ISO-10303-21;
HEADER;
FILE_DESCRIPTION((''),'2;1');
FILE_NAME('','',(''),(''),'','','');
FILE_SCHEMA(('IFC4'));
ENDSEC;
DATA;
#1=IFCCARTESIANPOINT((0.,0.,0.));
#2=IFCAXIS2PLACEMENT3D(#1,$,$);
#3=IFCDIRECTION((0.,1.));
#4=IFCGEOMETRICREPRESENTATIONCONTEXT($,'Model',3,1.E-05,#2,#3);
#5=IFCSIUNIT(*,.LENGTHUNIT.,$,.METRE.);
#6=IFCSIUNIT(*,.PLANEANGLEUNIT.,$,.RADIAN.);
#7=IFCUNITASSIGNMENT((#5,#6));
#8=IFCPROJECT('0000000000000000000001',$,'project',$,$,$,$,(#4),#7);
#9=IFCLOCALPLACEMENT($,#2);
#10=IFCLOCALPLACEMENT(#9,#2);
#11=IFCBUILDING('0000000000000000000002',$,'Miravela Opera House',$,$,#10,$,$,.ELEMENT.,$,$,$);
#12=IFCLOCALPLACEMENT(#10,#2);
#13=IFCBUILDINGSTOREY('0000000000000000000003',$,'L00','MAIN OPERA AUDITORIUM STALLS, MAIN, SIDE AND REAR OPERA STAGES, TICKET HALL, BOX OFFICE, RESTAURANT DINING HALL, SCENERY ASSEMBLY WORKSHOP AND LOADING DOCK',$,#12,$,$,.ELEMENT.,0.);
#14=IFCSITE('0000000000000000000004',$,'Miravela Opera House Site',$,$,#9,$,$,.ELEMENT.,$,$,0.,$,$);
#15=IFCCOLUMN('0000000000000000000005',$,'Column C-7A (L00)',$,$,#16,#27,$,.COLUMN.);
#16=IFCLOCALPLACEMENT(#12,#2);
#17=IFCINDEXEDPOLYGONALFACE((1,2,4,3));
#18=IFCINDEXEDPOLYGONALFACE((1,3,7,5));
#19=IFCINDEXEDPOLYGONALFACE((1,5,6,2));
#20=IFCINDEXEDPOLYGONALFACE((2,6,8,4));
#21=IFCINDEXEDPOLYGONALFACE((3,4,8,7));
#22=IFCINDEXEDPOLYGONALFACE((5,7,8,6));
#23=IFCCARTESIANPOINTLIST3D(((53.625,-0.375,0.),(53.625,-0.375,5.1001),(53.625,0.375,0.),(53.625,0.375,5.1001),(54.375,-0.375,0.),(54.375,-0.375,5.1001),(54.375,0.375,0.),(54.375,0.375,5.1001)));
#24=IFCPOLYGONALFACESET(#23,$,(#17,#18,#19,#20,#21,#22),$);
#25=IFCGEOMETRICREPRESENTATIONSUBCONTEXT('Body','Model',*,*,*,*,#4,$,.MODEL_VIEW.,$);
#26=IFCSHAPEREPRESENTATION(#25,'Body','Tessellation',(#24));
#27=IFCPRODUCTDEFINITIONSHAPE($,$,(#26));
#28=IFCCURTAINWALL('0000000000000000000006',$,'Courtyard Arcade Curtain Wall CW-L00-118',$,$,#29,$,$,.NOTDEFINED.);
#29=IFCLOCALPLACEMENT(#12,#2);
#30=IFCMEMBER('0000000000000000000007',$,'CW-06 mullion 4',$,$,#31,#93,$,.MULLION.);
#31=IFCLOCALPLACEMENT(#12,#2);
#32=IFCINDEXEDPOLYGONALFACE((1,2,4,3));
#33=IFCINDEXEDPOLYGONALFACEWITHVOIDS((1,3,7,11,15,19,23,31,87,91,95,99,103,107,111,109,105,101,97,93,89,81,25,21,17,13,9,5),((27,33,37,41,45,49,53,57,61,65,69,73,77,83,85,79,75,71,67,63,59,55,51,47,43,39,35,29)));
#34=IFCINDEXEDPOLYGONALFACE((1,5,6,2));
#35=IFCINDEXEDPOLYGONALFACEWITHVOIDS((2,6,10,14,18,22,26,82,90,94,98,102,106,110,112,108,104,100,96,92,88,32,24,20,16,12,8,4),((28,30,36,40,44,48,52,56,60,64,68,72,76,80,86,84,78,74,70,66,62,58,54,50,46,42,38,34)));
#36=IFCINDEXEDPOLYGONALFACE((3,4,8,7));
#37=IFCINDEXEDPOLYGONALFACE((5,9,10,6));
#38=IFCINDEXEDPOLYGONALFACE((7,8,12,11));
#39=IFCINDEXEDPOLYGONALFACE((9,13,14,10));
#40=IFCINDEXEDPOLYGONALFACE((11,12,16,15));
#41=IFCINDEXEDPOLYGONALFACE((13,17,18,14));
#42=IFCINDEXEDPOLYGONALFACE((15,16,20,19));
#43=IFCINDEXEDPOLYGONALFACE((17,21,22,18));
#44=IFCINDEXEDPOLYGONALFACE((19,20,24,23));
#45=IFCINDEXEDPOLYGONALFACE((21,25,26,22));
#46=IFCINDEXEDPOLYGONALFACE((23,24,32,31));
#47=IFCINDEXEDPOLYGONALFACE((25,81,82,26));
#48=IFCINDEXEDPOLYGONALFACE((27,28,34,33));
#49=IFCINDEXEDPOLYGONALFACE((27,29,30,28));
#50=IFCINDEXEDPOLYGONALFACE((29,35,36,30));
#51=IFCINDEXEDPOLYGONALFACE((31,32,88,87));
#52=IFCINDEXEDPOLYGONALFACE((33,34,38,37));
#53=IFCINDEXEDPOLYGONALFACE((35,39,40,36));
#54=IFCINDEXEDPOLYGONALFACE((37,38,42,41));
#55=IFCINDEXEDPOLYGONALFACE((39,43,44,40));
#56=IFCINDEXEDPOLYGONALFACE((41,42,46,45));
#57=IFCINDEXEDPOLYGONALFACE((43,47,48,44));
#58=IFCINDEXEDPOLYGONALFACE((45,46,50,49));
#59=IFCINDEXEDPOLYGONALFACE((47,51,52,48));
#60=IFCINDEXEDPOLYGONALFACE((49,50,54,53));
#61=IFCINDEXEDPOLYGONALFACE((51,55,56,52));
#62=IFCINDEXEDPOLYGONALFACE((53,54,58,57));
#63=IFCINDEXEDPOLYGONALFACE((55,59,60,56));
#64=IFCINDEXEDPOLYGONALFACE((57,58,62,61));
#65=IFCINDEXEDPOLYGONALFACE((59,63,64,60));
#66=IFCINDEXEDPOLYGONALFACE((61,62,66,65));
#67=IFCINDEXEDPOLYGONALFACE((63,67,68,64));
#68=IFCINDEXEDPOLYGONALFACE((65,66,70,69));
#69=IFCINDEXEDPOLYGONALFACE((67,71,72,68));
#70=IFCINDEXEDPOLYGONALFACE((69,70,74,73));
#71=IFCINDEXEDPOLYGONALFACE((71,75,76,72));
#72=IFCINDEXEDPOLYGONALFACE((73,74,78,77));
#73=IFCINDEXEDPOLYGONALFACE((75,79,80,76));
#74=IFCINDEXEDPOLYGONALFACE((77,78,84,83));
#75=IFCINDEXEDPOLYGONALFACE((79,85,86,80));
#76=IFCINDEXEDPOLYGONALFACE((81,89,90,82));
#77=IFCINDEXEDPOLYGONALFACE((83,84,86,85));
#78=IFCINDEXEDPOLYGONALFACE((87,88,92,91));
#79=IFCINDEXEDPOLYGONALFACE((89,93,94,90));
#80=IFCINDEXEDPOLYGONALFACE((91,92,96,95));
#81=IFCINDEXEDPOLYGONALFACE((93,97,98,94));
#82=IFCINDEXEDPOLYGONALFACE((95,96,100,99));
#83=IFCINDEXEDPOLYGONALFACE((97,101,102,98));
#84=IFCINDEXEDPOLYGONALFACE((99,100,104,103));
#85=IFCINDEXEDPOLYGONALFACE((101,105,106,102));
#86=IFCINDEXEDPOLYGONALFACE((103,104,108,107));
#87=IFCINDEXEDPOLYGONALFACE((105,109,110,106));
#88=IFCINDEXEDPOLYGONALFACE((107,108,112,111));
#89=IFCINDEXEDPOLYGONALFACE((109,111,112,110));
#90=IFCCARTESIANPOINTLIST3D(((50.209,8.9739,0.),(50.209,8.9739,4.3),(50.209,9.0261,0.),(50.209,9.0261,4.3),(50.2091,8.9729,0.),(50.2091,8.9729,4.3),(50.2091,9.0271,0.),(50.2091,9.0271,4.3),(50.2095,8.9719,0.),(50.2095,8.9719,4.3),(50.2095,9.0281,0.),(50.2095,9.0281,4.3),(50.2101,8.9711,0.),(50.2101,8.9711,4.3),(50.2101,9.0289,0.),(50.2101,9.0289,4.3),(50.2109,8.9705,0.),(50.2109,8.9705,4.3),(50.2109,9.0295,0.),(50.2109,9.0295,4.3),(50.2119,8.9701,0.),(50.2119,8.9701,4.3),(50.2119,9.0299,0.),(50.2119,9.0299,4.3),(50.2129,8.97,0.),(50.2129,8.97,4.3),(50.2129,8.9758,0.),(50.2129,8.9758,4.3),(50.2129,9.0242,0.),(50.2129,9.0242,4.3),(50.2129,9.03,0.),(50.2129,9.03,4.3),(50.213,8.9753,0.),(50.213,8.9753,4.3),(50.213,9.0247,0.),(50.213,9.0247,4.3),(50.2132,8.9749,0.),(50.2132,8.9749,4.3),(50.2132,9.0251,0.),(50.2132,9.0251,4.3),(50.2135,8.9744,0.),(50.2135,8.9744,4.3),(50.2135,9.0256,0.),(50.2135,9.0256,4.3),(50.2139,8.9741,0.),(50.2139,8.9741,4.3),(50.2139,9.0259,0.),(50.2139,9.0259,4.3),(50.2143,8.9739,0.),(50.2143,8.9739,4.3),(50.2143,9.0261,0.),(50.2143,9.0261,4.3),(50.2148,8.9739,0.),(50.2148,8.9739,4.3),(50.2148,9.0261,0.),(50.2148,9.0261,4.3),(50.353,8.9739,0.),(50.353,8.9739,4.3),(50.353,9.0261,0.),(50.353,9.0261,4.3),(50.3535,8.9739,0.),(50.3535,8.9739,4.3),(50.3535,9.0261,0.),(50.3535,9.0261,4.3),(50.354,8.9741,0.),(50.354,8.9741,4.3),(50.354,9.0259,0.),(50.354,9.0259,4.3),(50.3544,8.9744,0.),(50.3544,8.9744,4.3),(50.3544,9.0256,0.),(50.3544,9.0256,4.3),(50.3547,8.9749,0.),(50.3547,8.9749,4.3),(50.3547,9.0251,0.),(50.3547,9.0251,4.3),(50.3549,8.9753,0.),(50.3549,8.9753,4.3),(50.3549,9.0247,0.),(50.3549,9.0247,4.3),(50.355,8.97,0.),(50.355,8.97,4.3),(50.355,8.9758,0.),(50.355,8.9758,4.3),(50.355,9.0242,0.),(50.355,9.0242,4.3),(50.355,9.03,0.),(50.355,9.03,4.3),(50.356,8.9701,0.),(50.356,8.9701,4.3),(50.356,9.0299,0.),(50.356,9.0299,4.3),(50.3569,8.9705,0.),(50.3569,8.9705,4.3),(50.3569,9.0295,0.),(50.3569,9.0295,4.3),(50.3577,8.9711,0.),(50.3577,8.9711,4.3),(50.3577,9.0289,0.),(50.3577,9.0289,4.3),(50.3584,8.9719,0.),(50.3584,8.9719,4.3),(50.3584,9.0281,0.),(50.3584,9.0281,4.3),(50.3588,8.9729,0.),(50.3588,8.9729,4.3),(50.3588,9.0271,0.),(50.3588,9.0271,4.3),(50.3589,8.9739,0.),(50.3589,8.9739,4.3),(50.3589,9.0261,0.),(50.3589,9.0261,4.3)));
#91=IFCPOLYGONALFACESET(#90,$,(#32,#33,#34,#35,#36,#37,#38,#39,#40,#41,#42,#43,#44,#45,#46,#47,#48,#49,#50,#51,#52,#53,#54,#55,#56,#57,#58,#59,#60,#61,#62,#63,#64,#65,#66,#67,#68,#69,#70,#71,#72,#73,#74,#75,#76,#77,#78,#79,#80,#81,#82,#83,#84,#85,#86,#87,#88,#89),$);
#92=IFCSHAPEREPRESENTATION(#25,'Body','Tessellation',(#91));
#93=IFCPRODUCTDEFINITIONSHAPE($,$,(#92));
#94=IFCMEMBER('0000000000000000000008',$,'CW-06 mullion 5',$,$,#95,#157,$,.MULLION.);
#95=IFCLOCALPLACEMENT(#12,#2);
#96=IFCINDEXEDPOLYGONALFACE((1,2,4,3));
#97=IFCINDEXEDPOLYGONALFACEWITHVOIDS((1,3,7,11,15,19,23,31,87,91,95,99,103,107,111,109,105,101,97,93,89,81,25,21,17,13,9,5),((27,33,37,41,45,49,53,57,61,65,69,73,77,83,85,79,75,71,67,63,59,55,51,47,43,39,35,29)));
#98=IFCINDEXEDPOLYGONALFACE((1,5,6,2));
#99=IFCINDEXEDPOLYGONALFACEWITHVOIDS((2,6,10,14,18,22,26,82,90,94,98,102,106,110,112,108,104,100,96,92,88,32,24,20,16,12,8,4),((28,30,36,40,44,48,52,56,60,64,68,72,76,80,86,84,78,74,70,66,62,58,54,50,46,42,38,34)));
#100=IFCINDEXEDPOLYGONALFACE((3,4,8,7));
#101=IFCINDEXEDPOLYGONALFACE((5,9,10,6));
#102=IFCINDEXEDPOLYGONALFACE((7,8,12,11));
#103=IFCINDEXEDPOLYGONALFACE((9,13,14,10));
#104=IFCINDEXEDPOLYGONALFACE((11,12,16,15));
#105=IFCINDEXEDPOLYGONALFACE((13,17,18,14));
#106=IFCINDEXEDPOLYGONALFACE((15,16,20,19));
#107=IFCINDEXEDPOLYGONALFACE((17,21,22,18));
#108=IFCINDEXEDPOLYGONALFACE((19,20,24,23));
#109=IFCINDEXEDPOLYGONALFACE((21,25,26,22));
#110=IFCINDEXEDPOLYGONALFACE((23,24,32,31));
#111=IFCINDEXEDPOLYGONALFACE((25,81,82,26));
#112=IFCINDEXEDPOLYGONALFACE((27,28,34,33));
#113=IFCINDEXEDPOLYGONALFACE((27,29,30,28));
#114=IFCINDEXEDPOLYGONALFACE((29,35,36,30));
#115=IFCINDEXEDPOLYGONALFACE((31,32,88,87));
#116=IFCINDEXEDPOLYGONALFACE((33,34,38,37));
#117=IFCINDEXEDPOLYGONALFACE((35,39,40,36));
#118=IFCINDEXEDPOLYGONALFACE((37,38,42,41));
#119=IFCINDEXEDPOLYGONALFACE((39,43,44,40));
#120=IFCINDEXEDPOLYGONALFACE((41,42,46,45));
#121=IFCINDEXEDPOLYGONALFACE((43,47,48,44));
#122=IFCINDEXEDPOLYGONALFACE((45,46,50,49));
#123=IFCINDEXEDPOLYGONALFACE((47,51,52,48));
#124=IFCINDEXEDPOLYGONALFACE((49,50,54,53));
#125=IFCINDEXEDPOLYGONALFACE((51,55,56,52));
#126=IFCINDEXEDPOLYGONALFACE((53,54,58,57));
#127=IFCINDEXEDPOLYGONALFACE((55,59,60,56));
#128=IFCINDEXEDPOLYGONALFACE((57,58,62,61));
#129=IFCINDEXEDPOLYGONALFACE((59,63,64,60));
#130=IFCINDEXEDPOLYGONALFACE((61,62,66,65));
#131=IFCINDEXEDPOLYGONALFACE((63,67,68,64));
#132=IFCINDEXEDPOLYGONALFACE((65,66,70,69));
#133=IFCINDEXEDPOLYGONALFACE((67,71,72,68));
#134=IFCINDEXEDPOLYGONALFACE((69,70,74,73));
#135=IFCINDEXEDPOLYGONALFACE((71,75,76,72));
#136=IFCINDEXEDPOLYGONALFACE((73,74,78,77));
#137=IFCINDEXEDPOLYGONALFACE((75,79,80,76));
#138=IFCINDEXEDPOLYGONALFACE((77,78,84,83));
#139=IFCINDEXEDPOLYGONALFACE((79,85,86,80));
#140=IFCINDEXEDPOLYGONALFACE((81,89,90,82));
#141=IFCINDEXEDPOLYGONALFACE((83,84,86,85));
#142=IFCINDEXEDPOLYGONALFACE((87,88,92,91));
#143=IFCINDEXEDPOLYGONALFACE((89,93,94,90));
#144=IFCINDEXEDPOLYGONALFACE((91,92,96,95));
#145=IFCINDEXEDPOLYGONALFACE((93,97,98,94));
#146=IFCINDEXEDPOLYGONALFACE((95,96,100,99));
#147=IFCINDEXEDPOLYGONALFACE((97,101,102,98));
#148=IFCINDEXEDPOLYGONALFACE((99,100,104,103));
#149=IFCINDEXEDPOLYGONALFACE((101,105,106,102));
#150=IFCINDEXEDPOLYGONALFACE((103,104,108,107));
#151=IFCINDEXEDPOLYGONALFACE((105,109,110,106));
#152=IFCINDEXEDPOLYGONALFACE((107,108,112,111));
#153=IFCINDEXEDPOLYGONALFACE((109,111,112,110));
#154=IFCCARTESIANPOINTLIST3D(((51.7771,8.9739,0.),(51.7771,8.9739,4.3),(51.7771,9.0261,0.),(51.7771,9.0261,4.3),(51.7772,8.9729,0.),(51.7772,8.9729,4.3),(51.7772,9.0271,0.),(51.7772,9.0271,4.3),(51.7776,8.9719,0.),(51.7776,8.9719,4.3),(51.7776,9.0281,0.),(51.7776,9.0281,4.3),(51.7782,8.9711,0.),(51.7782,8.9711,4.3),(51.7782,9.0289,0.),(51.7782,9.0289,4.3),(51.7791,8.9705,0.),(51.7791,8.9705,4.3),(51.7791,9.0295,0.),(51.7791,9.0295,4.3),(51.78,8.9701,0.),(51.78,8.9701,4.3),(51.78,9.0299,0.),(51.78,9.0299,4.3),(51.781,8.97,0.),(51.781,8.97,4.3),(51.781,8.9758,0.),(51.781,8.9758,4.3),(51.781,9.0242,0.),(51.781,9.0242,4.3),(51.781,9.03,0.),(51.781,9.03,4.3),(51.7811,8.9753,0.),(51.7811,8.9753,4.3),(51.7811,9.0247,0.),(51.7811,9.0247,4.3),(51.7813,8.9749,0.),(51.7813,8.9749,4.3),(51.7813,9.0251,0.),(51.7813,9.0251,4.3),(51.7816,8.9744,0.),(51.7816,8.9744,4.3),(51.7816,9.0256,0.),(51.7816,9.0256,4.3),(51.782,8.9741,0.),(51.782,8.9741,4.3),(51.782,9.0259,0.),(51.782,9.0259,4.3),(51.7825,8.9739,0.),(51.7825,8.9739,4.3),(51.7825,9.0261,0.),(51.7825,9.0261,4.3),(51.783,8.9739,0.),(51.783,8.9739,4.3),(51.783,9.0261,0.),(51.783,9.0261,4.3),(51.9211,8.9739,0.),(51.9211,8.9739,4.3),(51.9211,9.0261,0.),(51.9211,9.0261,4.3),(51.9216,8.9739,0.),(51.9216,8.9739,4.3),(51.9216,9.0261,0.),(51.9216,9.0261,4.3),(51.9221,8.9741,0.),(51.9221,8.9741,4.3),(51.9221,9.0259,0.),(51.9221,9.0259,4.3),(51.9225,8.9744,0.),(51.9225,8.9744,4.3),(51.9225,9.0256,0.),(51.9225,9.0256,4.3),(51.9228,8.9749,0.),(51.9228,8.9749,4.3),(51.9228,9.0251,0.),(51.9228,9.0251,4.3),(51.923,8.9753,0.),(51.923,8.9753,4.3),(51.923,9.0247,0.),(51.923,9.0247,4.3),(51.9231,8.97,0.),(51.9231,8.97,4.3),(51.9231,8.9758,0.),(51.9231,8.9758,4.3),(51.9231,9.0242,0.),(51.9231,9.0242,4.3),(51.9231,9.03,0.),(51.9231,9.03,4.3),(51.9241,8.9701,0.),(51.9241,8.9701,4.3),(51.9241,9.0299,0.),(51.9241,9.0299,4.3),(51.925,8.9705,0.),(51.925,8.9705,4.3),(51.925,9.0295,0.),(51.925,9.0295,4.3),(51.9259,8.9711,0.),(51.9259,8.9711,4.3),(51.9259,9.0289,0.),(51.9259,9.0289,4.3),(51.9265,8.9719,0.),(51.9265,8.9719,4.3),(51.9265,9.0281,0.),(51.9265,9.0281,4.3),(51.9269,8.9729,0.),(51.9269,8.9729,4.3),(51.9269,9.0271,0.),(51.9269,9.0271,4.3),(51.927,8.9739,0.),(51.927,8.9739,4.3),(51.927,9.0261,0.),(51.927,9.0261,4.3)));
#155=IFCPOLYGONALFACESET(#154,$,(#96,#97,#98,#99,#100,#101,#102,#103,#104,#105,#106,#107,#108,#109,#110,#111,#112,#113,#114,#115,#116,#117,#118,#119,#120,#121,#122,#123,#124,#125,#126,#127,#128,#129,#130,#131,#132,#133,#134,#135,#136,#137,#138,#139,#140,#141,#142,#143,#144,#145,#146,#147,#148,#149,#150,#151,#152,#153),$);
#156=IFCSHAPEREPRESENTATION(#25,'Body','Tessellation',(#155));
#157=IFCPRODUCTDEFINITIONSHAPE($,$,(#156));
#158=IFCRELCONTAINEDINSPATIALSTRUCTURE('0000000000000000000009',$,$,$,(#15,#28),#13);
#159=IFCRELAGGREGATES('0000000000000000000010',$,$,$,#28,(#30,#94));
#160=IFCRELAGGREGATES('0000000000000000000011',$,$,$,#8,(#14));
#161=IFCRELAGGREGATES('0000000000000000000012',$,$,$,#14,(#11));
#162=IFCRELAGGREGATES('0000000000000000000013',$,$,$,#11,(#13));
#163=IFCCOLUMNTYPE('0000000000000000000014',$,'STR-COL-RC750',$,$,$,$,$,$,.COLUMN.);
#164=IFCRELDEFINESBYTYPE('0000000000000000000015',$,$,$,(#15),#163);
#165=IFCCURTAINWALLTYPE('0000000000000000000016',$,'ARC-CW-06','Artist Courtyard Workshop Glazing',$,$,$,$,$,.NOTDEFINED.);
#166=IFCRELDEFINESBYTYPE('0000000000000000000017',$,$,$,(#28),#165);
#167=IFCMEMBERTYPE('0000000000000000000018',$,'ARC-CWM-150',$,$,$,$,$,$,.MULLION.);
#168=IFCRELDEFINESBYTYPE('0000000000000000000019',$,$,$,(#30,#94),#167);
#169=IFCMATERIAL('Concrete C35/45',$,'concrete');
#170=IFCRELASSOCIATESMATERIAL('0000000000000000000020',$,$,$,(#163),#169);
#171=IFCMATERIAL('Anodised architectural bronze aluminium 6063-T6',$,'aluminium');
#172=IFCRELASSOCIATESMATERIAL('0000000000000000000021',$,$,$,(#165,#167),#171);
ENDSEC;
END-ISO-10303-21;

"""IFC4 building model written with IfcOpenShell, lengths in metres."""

from ifc_helpers import new_model, si_unit, direction, frame, origin, origin_2d, place, context, subcontext, project, spatial, rectangle, hollow_rectangle, extrude, material, material_profile, profile_set, type_object, element, aggregate, save


model = new_model("IFC4")

# Units and contexts
model_context = context("Model", 3, precision=1e-05, world=origin(), true_north=direction((0.0, 1.0)))
body_context = subcontext(model_context, "Body", "Model", "MODEL_VIEW")
ifc_project = project(units=[si_unit("LENGTHUNIT", "METRE"), si_unit("PLANEANGLEUNIT", "RADIAN")], contexts=[model_context])

# Site, building, storey
site_placement = place(None, origin())
site = spatial("IfcSite", under=ifc_project, at=site_placement, Name="Miravela Opera House Site", CompositionType="ELEMENT", RefElevation=0.0)
building_placement = place(site_placement, origin())
building = spatial("IfcBuilding", under=site, at=building_placement, Name="Miravela Opera House", CompositionType="ELEMENT")
storey_placement = place(building_placement, origin())
storey = spatial("IfcBuildingStorey", under=building, at=storey_placement, Name="L00", Description="MAIN OPERA AUDITORIUM STALLS, MAIN, SIDE AND REAR OPERA STAGES, TICKET HALL, BOX OFFICE, RESTAURANT DINING HALL, SCENERY ASSEMBLY WORKSHOP AND LOADING DOCK", CompositionType="ELEMENT", Elevation=0.0)

# Column
ifc_material_1 = material(Name="Concrete C35/45", Category="concrete")
ifc_material_profile_1 = material_profile(ifc_material_1, rectangle(XDim=0.75, YDim=0.75, at=origin_2d()), Name="RC-COL-750X750")
ifc_profile_set_1 = profile_set([ifc_material_profile_1])
column_type = type_object("IfcColumnType", Name="STR-COL-RC750", PredefinedType="COLUMN", material=ifc_profile_set_1)
column_placement = place(storey_placement, frame((54.0, 0.0, 0.0), z_axis=(0.0, 0.0, 1.0), x_axis=(1.0, 0.0, 0.0)))
element("IfcColumn", 1, at=column_placement, inside=storey, type_object=column_type, Name="Column C-7A (L00)", PredefinedType="COLUMN", context=body_context, shape_type="SweptSolid", body=[
    extrude(rectangle(XDim=0.75, YDim=0.75, at=origin_2d()), origin(), (0.0, 0.0, 1.0), 5.1001),
])

# Curtain wall, members
ifc_material_2 = material(Name="Anodised architectural bronze aluminium 6063-T6", Category="aluminium")
curtain_wall_type = type_object("IfcCurtainWallType", Name="ARC-CW-06", Description="Artist Courtyard Workshop Glazing", PredefinedType="NOTDEFINED", material=ifc_material_2)
curtain_wall_placement = place(storey_placement, origin())
curtain_wall = element("IfcCurtainWall", 2, at=curtain_wall_placement, inside=storey, type_object=curtain_wall_type, Name="Courtyard Arcade Curtain Wall CW-L00-118", PredefinedType="NOTDEFINED")
ifc_material_profile_2 = material_profile(ifc_material_2, hollow_rectangle(XDim=0.0601, YDim=0.1499, WallThickness=0.0039, InnerFilletRadius=0.002, OuterFilletRadius=0.0039, at=origin_2d()), Name="CWM-60X150")
ifc_profile_set_2 = profile_set([ifc_material_profile_2])
member_type_1 = type_object("IfcMemberType", Name="ARC-CWM-150", PredefinedType="MULLION", material=ifc_profile_set_2)
member_1_placement = place(storey_placement, frame((50.2839, 9.0, 0.0), z_axis=(0.0, 0.0, 1.0), x_axis=(0.0, 1.0, 0.0)))
member_1 = element("IfcMember", 3, at=member_1_placement, type_object=member_type_1, Name="CW-06 mullion 4", PredefinedType="MULLION", context=body_context, shape_type="SweptSolid", body=[
    extrude(hollow_rectangle(XDim=0.0601, YDim=0.1499, WallThickness=0.0039, InnerFilletRadius=0.002, OuterFilletRadius=0.0039, at=origin_2d()), origin(), (0.0, 0.0, 1.0), 4.3),
])
member_2_placement = place(storey_placement, frame((51.8521, 9.0, 0.0), z_axis=(0.0, 0.0, 1.0), x_axis=(0.0, 1.0, 0.0)))
member_2 = element("IfcMember", 4, at=member_2_placement, type_object=member_type_1, Name="CW-06 mullion 5", PredefinedType="MULLION", context=body_context, shape_type="SweptSolid", body=[
    extrude(hollow_rectangle(XDim=0.0601, YDim=0.1499, WallThickness=0.0039, InnerFilletRadius=0.002, OuterFilletRadius=0.0039, at=origin_2d()), origin(), (0.0, 0.0, 1.0), 4.3),
])

aggregate(curtain_wall, [member_1, member_2])

save(model, "model.ifc")
